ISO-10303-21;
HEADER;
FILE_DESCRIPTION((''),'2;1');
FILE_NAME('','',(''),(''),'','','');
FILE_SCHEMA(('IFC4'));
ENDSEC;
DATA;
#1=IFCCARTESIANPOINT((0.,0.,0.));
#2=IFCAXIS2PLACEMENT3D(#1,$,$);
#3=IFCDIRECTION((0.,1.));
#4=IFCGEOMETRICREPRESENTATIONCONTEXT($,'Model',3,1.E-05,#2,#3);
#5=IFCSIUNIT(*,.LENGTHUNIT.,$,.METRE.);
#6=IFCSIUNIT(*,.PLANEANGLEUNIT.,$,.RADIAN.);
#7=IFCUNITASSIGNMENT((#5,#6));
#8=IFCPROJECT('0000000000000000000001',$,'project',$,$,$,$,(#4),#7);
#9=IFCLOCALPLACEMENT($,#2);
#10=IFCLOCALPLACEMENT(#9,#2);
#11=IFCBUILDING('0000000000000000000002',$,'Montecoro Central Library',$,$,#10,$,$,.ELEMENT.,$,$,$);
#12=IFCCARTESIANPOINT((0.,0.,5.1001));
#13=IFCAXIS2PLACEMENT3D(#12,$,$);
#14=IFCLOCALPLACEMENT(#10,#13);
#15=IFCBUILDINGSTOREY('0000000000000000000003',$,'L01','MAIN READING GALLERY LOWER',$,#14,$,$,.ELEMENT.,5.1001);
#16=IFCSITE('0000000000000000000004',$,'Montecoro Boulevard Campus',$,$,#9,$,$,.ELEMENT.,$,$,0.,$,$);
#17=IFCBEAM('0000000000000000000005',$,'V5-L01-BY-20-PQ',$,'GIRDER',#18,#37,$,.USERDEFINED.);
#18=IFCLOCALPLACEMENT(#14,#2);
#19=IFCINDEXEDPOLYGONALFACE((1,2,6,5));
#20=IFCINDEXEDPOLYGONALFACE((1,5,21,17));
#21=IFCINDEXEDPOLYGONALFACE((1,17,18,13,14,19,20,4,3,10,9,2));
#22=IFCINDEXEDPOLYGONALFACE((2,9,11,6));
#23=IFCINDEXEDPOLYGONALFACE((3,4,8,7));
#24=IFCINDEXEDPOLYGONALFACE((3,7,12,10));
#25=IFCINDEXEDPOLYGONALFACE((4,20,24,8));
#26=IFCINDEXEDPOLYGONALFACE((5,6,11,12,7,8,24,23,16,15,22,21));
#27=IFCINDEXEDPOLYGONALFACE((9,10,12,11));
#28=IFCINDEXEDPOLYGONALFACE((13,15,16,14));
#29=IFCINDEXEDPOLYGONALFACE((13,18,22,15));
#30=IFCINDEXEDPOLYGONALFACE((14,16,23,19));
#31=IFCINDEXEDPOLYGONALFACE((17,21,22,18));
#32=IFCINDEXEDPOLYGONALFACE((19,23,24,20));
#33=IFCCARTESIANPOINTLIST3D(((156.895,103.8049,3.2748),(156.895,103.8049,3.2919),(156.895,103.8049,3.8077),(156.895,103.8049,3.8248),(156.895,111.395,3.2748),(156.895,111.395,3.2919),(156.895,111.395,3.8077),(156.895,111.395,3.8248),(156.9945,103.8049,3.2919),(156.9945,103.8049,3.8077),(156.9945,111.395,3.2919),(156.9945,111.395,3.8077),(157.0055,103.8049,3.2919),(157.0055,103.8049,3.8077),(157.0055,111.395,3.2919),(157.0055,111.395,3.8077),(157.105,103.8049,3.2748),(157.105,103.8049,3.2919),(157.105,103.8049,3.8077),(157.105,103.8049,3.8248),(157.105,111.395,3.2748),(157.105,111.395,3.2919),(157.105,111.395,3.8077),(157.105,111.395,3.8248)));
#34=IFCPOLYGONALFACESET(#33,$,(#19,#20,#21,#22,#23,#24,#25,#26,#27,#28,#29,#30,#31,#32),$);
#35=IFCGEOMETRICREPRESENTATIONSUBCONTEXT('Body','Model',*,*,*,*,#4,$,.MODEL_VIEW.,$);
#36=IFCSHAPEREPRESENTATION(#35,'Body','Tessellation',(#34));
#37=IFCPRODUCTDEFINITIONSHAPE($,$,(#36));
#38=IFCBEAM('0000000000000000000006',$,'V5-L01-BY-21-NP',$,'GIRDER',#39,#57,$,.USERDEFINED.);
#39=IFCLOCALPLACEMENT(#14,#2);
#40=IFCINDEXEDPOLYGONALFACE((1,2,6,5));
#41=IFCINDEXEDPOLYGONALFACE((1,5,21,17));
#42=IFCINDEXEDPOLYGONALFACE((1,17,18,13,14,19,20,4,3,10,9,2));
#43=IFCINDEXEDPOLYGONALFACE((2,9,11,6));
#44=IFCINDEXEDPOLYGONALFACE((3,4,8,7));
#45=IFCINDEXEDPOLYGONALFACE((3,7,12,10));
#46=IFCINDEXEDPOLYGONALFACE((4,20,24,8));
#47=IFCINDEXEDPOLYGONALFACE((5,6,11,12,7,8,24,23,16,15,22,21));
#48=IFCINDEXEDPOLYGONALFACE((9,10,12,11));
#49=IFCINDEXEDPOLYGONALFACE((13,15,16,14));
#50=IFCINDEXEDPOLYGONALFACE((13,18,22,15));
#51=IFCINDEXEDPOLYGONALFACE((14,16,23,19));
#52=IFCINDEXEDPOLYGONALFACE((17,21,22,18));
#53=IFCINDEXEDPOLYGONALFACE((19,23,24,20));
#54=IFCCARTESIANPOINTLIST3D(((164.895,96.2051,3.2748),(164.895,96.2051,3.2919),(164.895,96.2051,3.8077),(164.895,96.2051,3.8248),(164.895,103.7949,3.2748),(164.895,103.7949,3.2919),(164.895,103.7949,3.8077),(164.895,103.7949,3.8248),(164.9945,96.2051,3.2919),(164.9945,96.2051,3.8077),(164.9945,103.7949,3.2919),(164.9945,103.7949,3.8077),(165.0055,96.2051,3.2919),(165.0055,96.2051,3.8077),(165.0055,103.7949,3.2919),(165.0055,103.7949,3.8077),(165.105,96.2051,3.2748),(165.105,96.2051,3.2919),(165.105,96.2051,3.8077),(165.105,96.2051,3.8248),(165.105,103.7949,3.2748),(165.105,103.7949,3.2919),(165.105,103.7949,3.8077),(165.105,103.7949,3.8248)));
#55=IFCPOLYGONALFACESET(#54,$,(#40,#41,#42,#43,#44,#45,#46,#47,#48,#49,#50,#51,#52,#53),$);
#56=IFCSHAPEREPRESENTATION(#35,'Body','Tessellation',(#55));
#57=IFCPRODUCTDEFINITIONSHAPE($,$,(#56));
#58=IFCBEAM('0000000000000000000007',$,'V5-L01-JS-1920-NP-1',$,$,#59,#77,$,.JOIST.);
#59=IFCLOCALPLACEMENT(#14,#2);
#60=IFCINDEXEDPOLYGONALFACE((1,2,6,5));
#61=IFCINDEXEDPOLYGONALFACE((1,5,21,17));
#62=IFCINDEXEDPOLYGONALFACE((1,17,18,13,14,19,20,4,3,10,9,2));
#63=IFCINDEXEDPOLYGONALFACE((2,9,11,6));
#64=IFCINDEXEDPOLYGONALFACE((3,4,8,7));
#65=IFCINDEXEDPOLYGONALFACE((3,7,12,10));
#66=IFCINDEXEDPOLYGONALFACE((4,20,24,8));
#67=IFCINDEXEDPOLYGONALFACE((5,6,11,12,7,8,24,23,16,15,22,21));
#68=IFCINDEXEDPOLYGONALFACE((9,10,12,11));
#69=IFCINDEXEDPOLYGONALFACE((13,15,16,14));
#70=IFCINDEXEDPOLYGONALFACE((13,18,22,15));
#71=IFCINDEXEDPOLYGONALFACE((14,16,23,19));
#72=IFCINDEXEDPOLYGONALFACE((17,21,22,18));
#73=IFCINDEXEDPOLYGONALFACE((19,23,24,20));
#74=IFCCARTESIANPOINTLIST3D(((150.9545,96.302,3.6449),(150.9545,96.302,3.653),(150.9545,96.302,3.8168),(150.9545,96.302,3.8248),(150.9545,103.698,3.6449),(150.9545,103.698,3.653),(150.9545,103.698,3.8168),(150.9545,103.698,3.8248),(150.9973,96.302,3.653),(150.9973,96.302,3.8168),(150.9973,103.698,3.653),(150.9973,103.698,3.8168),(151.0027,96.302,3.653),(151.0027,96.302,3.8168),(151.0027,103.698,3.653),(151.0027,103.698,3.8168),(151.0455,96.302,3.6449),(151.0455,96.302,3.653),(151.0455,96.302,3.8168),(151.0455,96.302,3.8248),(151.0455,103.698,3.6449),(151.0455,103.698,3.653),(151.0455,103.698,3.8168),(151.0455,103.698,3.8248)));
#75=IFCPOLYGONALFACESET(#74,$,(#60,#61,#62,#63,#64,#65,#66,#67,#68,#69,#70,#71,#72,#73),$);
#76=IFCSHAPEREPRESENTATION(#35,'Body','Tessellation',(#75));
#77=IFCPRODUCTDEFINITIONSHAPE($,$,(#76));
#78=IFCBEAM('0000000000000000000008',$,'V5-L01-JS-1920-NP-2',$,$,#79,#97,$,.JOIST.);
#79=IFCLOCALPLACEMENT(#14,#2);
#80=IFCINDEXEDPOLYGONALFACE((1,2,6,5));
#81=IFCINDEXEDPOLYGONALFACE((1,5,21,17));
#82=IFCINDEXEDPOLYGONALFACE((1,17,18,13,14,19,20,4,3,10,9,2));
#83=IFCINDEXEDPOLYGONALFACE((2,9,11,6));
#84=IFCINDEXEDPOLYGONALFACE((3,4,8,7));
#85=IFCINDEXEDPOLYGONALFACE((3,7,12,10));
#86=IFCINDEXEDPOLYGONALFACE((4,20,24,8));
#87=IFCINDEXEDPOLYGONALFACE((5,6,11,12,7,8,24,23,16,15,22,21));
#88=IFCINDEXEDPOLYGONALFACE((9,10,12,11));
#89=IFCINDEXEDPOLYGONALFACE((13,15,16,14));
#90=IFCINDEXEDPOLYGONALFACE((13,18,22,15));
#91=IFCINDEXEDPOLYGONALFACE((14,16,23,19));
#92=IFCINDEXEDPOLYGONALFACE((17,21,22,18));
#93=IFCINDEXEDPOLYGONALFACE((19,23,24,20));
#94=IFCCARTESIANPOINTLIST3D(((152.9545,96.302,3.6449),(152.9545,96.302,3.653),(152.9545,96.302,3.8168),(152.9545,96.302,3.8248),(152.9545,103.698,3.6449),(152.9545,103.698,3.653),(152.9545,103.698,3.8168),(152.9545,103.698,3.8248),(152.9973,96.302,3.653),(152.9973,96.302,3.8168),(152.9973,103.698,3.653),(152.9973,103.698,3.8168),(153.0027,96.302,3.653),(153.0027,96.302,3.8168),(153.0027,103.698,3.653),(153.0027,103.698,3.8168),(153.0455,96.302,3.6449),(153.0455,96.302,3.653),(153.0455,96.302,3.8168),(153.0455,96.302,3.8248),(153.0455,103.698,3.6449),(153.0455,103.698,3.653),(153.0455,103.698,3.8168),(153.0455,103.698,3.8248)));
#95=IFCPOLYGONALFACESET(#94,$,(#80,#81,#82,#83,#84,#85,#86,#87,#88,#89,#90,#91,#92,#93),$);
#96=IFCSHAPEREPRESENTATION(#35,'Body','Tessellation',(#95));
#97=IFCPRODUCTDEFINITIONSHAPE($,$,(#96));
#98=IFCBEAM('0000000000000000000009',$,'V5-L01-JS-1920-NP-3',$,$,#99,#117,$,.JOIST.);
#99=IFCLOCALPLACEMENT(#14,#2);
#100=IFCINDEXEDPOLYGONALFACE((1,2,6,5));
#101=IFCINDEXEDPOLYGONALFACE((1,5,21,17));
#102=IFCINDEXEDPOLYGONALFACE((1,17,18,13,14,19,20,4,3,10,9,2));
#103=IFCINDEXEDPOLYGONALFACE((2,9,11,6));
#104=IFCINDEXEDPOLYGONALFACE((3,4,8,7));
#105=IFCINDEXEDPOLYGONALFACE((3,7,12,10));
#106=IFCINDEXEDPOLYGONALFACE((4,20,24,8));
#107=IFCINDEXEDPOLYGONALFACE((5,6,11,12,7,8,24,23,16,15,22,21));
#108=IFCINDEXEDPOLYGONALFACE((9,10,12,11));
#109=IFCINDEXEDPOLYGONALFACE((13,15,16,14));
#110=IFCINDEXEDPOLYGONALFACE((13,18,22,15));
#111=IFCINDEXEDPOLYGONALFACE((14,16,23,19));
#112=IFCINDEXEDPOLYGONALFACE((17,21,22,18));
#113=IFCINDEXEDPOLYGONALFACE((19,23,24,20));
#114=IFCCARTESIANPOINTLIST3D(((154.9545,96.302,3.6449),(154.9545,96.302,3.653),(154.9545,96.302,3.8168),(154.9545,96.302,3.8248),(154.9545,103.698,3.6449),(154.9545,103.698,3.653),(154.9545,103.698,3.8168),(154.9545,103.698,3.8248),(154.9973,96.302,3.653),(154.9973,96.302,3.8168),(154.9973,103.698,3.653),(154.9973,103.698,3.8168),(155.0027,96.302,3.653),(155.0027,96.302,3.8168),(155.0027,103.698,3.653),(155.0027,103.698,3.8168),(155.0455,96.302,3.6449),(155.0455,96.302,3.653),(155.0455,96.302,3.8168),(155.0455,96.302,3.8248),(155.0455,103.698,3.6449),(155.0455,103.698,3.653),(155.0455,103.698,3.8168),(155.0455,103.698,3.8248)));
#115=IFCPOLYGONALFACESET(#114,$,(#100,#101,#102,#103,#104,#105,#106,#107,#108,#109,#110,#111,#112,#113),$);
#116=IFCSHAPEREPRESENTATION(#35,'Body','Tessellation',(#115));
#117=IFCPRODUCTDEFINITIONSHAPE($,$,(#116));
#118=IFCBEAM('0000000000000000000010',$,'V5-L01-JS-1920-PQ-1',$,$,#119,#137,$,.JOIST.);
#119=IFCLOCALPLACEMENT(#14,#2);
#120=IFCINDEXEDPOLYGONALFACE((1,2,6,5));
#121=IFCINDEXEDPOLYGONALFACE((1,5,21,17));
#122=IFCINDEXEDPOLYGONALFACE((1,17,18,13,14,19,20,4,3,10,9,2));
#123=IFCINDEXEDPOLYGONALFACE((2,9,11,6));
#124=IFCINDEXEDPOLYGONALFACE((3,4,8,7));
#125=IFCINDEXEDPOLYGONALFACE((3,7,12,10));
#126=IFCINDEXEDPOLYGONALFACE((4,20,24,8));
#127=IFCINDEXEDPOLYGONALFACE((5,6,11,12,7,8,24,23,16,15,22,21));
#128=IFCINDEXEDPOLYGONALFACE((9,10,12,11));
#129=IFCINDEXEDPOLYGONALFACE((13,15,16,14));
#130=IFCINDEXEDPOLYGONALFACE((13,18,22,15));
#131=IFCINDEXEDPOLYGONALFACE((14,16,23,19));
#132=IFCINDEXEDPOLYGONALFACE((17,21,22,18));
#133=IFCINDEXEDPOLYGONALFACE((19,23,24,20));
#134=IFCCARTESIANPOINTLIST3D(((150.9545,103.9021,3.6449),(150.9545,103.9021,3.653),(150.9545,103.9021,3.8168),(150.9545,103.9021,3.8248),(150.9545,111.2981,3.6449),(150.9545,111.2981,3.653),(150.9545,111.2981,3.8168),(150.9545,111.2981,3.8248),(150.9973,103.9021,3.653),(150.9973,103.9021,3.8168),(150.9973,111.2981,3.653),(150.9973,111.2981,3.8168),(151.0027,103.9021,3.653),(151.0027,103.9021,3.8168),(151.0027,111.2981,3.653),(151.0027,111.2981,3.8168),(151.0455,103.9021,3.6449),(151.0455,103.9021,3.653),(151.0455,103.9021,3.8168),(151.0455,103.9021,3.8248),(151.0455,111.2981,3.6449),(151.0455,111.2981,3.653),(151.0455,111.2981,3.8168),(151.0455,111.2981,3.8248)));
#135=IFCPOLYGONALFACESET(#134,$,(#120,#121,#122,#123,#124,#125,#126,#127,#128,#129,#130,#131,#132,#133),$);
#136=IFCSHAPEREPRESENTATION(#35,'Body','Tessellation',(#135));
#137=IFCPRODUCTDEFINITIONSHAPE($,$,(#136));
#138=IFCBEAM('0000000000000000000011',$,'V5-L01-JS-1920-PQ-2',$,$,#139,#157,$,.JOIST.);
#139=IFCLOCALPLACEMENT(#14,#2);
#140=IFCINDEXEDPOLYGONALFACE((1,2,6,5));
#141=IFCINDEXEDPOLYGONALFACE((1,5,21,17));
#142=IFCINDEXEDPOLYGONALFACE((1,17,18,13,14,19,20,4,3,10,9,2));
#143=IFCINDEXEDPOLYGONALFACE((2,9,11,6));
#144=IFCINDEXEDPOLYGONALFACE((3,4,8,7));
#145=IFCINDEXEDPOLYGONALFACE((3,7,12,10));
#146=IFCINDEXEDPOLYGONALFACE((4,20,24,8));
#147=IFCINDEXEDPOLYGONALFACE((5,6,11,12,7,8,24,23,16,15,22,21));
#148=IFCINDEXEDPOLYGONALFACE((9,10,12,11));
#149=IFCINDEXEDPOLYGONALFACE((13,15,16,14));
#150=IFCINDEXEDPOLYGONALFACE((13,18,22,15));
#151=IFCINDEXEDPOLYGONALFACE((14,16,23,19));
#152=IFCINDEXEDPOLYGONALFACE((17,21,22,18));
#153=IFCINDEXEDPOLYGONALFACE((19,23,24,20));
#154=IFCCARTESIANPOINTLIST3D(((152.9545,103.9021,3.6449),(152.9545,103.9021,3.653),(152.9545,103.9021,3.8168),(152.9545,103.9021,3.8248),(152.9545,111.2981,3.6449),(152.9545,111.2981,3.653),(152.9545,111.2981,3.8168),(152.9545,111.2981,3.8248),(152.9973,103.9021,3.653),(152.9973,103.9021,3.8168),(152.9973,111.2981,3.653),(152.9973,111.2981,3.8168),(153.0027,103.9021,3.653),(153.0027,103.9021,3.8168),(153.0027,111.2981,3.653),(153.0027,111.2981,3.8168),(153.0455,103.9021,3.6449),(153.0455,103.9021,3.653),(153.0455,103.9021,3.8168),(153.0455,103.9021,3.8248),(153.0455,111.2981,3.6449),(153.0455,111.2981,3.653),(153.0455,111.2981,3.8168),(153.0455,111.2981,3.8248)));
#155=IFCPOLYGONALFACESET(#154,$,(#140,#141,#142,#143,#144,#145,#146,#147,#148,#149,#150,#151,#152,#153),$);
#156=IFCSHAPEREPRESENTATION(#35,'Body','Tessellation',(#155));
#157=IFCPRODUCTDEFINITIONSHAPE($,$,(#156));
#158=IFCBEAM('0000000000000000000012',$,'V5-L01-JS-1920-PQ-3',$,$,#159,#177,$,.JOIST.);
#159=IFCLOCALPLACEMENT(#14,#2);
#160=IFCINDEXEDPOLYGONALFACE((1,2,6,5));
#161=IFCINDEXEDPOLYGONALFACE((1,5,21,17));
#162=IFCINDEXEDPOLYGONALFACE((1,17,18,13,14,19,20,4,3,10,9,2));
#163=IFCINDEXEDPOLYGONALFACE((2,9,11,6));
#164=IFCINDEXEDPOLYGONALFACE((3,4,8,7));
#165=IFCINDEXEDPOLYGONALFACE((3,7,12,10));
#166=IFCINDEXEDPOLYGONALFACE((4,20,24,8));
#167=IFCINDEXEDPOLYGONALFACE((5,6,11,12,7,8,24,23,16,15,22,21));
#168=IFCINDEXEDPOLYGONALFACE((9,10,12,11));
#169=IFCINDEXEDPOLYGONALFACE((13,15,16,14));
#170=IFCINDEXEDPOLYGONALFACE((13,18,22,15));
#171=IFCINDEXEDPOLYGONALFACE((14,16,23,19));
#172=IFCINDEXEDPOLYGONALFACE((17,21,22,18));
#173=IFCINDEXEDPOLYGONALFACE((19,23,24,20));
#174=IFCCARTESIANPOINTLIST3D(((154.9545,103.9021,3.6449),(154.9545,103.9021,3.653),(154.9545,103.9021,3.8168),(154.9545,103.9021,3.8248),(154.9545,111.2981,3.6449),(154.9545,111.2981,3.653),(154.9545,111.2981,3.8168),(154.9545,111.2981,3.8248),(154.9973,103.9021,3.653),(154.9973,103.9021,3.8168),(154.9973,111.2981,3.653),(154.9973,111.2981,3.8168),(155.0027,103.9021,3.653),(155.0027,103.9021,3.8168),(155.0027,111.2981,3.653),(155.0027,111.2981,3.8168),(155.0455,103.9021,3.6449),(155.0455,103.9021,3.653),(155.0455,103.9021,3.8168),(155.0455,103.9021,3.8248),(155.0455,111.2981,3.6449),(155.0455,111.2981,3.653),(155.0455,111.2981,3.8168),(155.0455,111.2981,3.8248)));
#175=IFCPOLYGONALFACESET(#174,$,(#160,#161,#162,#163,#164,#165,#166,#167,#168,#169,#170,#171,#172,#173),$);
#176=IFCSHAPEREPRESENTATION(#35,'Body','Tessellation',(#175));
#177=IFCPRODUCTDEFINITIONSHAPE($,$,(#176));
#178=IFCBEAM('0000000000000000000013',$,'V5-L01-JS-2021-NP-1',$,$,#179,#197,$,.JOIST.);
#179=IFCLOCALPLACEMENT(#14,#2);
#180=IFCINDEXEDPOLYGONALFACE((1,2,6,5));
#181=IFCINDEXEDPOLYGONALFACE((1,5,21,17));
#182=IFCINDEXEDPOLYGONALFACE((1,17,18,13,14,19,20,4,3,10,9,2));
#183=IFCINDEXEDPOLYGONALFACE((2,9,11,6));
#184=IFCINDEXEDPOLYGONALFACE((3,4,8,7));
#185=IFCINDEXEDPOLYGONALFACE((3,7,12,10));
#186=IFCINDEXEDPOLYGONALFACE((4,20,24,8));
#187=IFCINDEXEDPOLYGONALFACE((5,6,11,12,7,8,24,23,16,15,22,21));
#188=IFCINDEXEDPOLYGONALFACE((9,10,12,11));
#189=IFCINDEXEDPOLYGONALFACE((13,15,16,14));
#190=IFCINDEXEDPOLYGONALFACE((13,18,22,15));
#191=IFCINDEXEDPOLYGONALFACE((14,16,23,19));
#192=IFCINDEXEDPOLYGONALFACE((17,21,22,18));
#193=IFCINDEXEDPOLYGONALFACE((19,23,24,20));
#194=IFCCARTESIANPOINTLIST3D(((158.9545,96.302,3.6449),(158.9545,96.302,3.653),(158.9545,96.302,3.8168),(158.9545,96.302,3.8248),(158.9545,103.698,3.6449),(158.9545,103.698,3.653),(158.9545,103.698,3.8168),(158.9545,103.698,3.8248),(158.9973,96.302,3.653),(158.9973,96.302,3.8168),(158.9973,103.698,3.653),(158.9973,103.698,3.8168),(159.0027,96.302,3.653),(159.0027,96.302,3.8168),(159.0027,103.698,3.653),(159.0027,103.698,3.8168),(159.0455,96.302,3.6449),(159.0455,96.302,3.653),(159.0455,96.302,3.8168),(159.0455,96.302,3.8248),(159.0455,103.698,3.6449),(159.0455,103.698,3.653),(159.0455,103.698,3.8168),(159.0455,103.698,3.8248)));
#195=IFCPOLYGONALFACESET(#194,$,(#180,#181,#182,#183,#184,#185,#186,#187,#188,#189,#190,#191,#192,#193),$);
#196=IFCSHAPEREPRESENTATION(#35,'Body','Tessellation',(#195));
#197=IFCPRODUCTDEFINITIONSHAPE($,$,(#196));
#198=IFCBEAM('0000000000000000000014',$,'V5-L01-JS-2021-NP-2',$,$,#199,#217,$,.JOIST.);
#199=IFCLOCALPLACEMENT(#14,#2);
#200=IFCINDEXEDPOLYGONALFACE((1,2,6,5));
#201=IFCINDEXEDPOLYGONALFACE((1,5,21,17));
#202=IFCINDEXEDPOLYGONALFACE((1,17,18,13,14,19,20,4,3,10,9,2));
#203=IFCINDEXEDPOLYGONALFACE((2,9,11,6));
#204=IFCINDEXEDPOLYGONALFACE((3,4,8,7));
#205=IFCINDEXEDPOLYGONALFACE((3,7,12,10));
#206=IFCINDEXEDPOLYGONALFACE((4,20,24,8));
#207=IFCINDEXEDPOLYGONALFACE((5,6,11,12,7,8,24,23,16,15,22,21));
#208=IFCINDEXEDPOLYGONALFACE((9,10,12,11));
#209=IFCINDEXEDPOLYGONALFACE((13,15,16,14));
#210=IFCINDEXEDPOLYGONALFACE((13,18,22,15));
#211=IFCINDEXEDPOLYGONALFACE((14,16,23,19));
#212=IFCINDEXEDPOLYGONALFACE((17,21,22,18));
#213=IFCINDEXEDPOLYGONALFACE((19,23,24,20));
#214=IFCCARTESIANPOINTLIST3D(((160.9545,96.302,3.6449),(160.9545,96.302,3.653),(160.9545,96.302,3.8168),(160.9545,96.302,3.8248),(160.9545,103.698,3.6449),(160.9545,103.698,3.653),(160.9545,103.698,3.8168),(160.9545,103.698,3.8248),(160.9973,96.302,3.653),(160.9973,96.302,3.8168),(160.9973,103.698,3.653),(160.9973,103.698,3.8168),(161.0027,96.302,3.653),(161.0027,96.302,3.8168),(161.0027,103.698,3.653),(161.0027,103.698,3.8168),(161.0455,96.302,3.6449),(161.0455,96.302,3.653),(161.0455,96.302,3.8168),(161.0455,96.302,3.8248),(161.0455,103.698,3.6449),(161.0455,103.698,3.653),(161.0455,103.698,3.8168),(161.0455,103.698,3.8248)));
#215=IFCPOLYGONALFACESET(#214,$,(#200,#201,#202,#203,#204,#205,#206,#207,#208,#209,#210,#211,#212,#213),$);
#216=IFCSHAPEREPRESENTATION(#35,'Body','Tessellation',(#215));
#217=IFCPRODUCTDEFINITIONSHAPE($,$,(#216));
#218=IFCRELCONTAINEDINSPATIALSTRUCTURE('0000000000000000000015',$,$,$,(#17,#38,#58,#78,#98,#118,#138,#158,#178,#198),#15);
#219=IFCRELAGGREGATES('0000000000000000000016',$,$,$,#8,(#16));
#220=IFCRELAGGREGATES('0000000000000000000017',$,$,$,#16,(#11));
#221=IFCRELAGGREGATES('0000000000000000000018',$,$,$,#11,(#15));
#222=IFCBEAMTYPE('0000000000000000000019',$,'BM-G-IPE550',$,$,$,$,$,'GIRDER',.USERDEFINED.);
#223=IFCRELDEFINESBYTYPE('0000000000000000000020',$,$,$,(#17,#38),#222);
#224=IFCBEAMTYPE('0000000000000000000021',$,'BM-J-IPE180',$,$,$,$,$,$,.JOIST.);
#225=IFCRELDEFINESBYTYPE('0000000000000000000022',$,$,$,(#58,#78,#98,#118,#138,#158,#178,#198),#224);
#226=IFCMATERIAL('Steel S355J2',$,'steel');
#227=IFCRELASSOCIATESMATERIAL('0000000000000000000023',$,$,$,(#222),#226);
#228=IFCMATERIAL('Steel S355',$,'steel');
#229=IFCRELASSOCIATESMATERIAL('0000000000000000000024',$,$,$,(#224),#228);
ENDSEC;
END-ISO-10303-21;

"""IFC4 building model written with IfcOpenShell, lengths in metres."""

from ifc_helpers import new_model, si_unit, direction, frame, origin, origin_2d, place, context, subcontext, project, spatial, i_section, extrude, material, material_profile, profile_set, type_object, element, save


model = new_model("IFC4")

# Units and contexts
model_context = context("Model", 3, precision=1e-05, world=origin(), true_north=direction((0.0, 1.0)))
body_context = subcontext(model_context, "Body", "Model", "MODEL_VIEW")
ifc_project = project(units=[si_unit("LENGTHUNIT", "METRE"), si_unit("PLANEANGLEUNIT", "RADIAN")], contexts=[model_context])

# Site, building, storey
site_placement = place(None, origin())
site = spatial("IfcSite", under=ifc_project, at=site_placement, Name="Montecoro Boulevard Campus", CompositionType="ELEMENT", RefElevation=0.0)
building_placement = place(site_placement, origin())
building = spatial("IfcBuilding", under=site, at=building_placement, Name="Montecoro Central Library", CompositionType="ELEMENT")
storey_placement = place(building_placement, frame((0.0, 0.0, 5.1001)))
storey = spatial("IfcBuildingStorey", under=building, at=storey_placement, Name="L01", Description="MAIN READING GALLERY LOWER", CompositionType="ELEMENT", Elevation=5.1001)

# Shared definitions
ifc_material_1 = material(Name="Steel S355J2", Category="steel")

# Beams
ifc_material_profile_1 = material_profile(ifc_material_1, i_section(OverallWidth=0.21, OverallDepth=0.55, WebThickness=0.011, FlangeThickness=0.0171, at=origin_2d()), Name="IPE 550")
ifc_profile_set_1 = profile_set([ifc_material_profile_1], Name="Steel S355J2")
beam_type_1 = type_object("IfcBeamType", Name="BM-G-IPE550", ElementType="GIRDER", PredefinedType="USERDEFINED", material=ifc_profile_set_1)
beam_1_placement = place(storey_placement, frame((157.0, 103.8049, 3.5498), z_axis=(0.0, 1.0, 0.0), x_axis=(-1.0, 0.0, 0.0)))
element("IfcBeam", 1, at=beam_1_placement, inside=storey, type_object=beam_type_1, Name="V5-L01-BY-20-PQ", ObjectType="GIRDER", PredefinedType="USERDEFINED", context=body_context, shape_type="SweptSolid", body=[
    extrude(i_section(OverallWidth=0.21, OverallDepth=0.55, WebThickness=0.011, FlangeThickness=0.0171, at=origin_2d()), origin(), (0.0, 0.0, 1.0), 7.5901),
])
beam_2_placement = place(storey_placement, frame((165.0, 96.2051, 3.5498), z_axis=(0.0, 1.0, 0.0), x_axis=(-1.0, 0.0, 0.0)))
element("IfcBeam", 2, at=beam_2_placement, inside=storey, type_object=beam_type_1, Name="V5-L01-BY-21-NP", ObjectType="GIRDER", PredefinedType="USERDEFINED", context=body_context, shape_type="SweptSolid", body=[
    extrude(i_section(OverallWidth=0.21, OverallDepth=0.55, WebThickness=0.011, FlangeThickness=0.0171, at=origin_2d()), origin(), (0.0, 0.0, 1.0), 7.5898),
])
ifc_material_2 = material(Name="Steel S355", Category="steel")
ifc_material_profile_2 = material_profile(ifc_material_2, i_section(OverallWidth=0.0911, OverallDepth=0.1799, WebThickness=0.0054, FlangeThickness=0.0081, at=origin_2d()), Name="IPE 180")
ifc_profile_set_2 = profile_set([ifc_material_profile_2], Name="Steel S355")
beam_type_2 = type_object("IfcBeamType", Name="BM-J-IPE180", PredefinedType="JOIST", material=ifc_profile_set_2)
for number, where, z_axis, x_axis, name in (
    (3, (151.0, 96.302, 3.7349), (0.0, 1.0, 0.0), (-1.0, 0.0, 0.0), "V5-L01-JS-1920-NP-1"),
    (4, (153.0, 96.302, 3.7349), (0.0, 1.0, 0.0), (-1.0, 0.0, 0.0), "V5-L01-JS-1920-NP-2"),
    (5, (155.0, 96.302, 3.7349), (0.0, 1.0, 0.0), (-1.0, 0.0, 0.0), "V5-L01-JS-1920-NP-3"),
    (6, (151.0, 103.9021, 3.7349), (0.0, 1.0, 0.0), (-1.0, 0.0, 0.0), "V5-L01-JS-1920-PQ-1"),
    (7, (153.0, 103.9021, 3.7349), (0.0, 1.0, 0.0), (-1.0, 0.0, 0.0), "V5-L01-JS-1920-PQ-2"),
    (8, (155.0, 103.9021, 3.7349), (0.0, 1.0, 0.0), (-1.0, 0.0, 0.0), "V5-L01-JS-1920-PQ-3"),
    (9, (159.0, 96.302, 3.7349), (0.0, 1.0, 0.0), (-1.0, 0.0, 0.0), "V5-L01-JS-2021-NP-1"),
    (10, (161.0, 96.302, 3.7349), (0.0, 1.0, 0.0), (-1.0, 0.0, 0.0), "V5-L01-JS-2021-NP-2"),
):
    element("IfcBeam", number, at=place(storey_placement, frame(where, z_axis=z_axis, x_axis=x_axis)), inside=storey, type_object=beam_type_2, Name=name, PredefinedType="JOIST", context=body_context, shape_type="SweptSolid", body=[
        extrude(i_section(OverallWidth=0.0911, OverallDepth=0.1799, WebThickness=0.0054, FlangeThickness=0.0081, at=origin_2d()), origin(), (0.0, 0.0, 1.0), 7.396),
    ])

save(model, "model.ifc")
